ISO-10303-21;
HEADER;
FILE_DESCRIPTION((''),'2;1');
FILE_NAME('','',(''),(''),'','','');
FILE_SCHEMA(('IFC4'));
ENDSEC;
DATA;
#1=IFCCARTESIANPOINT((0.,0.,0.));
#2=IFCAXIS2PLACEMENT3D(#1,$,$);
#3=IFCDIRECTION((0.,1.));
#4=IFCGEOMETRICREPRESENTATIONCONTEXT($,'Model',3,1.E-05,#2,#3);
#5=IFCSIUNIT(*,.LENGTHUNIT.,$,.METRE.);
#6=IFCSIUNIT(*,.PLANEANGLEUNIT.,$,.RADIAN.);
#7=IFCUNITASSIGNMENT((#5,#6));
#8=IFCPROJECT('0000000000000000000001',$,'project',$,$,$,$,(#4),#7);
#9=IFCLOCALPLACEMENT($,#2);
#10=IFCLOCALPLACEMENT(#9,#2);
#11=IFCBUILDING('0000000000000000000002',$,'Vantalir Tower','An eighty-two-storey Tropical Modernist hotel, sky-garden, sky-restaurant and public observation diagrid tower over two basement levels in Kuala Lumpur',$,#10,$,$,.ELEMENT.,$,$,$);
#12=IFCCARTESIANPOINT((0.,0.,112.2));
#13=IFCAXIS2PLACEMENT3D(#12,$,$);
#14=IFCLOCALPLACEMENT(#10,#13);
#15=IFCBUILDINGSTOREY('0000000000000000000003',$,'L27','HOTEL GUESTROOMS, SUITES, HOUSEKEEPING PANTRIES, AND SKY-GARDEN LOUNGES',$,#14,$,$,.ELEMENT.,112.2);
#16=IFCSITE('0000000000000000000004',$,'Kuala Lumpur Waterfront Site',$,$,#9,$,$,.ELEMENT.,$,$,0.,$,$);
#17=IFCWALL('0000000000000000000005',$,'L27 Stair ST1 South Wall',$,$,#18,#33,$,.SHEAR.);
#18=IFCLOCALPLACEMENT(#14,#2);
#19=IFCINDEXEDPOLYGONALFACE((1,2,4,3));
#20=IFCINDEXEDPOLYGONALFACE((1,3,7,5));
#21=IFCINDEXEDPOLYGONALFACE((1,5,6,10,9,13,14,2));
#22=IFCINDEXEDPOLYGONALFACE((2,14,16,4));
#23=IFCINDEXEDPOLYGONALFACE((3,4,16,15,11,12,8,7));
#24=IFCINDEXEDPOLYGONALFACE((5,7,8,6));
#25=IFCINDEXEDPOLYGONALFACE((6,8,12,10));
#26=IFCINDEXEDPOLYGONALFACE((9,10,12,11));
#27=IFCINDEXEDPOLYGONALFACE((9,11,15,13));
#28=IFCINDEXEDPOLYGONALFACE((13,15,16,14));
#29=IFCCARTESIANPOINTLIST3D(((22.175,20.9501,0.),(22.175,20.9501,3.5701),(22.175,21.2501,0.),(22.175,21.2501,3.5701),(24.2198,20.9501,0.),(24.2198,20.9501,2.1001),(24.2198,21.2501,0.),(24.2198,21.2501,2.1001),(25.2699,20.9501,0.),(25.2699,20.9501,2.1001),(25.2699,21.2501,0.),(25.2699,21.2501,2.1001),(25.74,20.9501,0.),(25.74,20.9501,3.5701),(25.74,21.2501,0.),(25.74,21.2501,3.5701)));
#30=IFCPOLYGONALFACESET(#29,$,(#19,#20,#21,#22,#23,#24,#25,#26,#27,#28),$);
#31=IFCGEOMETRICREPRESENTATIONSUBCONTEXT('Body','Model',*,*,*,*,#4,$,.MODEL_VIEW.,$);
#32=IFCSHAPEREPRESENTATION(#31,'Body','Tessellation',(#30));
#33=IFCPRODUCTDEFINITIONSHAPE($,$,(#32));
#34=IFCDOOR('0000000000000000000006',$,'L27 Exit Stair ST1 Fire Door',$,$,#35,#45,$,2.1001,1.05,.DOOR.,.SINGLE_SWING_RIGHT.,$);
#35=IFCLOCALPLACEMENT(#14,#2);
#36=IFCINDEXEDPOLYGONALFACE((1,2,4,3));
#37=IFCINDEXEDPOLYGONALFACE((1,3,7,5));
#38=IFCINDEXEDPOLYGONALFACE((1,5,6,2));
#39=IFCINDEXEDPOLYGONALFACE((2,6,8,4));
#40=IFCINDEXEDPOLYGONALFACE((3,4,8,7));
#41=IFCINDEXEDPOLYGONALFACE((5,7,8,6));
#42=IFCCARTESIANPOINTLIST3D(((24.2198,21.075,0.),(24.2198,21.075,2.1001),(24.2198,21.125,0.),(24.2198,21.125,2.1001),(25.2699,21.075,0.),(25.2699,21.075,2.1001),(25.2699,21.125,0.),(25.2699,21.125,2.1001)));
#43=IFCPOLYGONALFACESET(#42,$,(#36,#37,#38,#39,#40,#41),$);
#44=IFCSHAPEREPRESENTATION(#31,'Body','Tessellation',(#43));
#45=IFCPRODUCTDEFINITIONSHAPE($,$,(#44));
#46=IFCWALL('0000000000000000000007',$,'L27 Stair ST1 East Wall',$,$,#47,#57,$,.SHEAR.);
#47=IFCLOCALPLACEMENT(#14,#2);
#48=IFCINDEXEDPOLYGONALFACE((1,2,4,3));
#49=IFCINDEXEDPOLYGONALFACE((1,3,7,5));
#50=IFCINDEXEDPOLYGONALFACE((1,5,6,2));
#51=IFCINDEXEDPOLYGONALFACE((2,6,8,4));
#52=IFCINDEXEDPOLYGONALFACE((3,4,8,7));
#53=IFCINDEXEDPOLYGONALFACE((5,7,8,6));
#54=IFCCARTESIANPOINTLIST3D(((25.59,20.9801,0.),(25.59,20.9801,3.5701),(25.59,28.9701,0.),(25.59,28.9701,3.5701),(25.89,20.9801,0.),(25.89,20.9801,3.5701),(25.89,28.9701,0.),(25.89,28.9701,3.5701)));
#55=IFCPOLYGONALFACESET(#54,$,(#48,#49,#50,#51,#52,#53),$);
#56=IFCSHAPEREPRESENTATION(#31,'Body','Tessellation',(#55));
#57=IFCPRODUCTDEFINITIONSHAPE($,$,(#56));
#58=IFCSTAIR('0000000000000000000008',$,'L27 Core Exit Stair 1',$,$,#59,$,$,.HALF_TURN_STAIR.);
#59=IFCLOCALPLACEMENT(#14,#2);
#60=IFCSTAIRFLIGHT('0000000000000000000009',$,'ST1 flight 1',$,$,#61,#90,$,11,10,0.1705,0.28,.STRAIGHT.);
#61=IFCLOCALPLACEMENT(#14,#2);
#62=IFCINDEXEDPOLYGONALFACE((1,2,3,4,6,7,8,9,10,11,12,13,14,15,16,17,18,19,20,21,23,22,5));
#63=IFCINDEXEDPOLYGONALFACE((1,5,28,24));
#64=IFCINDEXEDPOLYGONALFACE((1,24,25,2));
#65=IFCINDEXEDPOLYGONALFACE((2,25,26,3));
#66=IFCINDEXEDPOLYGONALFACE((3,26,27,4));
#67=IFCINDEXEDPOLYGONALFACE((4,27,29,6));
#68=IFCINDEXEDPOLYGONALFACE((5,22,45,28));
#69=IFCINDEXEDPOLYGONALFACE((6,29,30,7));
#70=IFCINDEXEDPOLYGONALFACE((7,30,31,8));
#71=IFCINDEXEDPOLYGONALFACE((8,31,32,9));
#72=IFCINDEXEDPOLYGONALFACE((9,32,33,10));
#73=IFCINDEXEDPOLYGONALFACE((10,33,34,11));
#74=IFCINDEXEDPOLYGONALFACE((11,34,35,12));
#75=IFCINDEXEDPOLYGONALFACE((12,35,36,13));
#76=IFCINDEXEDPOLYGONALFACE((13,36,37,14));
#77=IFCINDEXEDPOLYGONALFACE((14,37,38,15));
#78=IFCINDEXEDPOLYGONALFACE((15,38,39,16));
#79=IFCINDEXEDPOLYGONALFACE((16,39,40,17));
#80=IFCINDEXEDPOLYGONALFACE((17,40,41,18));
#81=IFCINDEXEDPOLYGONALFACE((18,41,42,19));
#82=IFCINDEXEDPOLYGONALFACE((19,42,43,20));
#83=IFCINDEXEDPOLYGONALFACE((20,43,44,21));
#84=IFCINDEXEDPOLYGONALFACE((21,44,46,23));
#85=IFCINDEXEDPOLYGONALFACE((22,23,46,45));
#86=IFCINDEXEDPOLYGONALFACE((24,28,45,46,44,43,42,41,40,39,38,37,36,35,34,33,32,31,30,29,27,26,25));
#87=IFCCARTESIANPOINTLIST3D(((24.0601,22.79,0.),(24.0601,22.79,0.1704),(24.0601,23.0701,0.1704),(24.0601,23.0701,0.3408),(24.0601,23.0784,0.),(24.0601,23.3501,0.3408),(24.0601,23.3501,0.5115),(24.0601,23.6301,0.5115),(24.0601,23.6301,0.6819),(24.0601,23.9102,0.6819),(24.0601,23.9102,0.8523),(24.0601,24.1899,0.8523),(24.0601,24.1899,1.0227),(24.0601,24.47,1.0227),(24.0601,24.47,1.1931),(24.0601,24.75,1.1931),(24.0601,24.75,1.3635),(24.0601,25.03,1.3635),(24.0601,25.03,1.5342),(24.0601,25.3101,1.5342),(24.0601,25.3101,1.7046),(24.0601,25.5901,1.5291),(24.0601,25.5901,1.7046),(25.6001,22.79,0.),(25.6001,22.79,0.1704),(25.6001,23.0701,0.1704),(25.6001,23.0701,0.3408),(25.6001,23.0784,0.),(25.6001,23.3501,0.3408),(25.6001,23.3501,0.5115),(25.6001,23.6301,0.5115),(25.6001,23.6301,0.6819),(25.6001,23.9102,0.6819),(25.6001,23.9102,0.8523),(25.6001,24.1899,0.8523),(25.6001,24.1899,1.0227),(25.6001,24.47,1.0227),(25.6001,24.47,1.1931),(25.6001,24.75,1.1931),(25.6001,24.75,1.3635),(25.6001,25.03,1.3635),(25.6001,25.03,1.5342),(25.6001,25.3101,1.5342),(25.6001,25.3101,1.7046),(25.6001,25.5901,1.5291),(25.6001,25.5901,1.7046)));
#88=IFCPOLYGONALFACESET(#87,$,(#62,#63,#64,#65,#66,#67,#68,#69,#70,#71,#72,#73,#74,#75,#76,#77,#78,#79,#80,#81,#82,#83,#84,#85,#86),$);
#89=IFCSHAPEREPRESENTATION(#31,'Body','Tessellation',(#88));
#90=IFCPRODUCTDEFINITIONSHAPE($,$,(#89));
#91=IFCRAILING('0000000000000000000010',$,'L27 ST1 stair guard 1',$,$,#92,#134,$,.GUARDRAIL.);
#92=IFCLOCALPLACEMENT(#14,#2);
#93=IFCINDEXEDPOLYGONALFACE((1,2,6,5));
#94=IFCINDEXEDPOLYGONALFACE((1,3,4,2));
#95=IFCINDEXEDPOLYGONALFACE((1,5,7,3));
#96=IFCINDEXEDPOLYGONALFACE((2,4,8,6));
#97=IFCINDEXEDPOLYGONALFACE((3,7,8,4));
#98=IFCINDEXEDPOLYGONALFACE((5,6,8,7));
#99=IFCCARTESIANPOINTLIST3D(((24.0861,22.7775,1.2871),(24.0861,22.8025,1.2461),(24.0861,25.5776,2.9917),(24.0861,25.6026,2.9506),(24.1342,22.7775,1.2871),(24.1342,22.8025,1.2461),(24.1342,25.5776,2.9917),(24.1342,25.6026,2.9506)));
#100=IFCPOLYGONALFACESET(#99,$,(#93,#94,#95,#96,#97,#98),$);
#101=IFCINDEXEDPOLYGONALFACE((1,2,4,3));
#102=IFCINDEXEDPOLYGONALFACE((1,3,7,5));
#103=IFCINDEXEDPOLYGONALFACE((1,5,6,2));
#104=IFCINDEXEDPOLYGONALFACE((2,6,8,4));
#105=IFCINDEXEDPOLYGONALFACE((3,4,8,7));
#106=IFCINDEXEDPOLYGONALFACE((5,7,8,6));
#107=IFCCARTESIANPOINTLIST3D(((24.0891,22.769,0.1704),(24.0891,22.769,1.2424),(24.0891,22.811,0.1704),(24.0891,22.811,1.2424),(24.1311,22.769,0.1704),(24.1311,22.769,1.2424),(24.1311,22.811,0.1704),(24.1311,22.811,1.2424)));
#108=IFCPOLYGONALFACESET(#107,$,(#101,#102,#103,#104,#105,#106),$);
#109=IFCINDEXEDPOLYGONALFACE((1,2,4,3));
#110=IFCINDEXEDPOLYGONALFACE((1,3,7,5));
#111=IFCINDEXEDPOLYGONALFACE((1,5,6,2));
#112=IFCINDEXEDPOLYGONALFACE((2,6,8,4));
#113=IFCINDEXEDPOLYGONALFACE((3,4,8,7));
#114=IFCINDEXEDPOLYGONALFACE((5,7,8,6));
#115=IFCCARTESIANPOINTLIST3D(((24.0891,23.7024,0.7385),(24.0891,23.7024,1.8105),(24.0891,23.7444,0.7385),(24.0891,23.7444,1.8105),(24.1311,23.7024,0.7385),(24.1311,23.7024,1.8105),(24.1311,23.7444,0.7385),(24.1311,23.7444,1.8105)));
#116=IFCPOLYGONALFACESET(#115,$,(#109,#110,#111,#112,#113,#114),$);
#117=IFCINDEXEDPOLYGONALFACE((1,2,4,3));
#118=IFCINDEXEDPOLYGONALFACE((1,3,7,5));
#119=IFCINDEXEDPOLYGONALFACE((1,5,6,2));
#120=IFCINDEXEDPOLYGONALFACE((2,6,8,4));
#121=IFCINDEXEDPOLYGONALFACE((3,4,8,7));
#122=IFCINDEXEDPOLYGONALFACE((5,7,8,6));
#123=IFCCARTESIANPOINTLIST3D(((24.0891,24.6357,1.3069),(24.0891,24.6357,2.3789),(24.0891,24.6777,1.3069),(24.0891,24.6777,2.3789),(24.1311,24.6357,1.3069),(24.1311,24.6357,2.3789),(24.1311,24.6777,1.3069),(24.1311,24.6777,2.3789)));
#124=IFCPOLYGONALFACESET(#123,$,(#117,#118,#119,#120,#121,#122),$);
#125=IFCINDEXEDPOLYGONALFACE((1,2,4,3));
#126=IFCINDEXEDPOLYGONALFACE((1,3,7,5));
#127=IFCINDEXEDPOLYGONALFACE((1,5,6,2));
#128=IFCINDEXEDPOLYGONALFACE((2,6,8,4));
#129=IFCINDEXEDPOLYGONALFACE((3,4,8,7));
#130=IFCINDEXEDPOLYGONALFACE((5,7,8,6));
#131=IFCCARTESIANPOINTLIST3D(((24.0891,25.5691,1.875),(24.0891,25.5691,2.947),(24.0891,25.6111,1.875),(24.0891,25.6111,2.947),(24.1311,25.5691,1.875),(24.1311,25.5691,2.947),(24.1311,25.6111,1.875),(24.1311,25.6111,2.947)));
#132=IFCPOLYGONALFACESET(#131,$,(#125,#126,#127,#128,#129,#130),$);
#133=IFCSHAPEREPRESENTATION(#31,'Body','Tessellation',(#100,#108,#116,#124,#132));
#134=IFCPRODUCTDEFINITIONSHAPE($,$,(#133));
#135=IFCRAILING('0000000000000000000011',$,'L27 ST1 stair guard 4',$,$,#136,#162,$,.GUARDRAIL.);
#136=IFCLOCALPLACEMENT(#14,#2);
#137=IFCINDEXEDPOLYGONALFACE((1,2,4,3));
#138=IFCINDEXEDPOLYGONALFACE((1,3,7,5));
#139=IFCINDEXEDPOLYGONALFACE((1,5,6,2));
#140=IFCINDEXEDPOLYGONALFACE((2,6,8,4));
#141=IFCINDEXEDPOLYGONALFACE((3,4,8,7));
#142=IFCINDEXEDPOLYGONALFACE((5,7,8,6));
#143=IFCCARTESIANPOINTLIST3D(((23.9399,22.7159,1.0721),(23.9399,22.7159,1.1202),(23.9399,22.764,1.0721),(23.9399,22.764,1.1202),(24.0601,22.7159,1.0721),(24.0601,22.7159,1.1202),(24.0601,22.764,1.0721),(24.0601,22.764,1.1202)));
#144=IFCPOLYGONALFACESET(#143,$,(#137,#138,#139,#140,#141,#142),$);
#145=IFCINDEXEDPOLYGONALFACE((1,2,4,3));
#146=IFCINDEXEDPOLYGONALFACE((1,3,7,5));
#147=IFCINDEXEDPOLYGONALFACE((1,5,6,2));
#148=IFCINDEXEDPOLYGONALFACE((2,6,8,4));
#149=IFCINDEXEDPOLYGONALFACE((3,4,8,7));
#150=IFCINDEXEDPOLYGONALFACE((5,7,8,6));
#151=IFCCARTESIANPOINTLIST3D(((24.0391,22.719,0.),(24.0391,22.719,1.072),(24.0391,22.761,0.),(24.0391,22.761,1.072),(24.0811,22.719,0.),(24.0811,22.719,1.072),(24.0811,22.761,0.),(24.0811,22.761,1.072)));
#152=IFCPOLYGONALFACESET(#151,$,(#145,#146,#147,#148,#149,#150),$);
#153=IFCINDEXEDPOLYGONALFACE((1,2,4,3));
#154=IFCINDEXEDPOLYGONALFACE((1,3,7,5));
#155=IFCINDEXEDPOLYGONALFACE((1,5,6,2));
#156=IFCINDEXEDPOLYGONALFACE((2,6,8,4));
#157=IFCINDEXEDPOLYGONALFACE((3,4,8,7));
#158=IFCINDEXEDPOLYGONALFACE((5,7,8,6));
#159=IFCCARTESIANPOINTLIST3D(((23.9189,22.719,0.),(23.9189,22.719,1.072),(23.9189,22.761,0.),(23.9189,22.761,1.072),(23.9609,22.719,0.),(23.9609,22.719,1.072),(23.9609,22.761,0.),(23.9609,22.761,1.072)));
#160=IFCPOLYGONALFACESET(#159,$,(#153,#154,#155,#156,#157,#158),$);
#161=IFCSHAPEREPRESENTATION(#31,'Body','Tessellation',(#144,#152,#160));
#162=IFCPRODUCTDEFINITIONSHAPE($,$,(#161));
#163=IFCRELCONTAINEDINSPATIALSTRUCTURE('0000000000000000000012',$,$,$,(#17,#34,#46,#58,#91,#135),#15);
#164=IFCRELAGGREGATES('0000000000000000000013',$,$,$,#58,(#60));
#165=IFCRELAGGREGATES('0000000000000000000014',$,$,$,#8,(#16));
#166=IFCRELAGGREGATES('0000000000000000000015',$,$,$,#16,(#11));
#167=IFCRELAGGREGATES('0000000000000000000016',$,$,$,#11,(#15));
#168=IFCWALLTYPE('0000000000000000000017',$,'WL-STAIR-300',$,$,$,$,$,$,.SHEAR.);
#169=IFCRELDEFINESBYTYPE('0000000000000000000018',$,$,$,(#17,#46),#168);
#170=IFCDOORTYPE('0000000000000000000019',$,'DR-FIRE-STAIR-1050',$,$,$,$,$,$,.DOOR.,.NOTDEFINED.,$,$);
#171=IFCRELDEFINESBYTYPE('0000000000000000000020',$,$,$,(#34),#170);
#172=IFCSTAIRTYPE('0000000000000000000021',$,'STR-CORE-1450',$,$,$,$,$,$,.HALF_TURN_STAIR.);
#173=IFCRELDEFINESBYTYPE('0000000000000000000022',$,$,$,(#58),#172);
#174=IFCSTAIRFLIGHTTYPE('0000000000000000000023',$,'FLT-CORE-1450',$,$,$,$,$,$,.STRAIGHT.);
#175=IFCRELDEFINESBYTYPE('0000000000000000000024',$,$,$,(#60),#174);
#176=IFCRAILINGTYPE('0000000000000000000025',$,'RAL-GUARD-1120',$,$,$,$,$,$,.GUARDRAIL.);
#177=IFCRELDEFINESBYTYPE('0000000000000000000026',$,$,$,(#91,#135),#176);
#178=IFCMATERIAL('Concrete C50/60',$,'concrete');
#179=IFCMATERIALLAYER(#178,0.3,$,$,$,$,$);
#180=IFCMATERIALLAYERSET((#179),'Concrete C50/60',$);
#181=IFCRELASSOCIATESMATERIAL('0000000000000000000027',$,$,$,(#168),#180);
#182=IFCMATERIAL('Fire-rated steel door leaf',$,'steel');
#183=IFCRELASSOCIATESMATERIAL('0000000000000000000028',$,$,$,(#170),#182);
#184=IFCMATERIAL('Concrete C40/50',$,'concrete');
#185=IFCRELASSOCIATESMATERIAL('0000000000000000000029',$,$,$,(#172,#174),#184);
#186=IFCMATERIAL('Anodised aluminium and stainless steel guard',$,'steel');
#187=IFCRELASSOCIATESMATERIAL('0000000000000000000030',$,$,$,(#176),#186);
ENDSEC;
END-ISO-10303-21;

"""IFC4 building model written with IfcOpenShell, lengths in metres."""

from ifc_helpers import new_model, si_unit, direction, frame, frame_2d, origin, origin_2d, place, context, subcontext, project, spatial, polyline, rectangle, outline, extrude, material, layer, layer_set, type_object, element, fill, aggregate, save


model = new_model("IFC4")

# Units and contexts
model_context = context("Model", 3, precision=1e-05, world=origin(), true_north=direction((0.0, 1.0)))
body_context = subcontext(model_context, "Body", "Model", "MODEL_VIEW")
ifc_project = project(units=[si_unit("LENGTHUNIT", "METRE"), si_unit("PLANEANGLEUNIT", "RADIAN")], contexts=[model_context])

# Site, building, storey
site_placement = place(None, origin())
site = spatial("IfcSite", under=ifc_project, at=site_placement, Name="Kuala Lumpur Waterfront Site", CompositionType="ELEMENT", RefElevation=0.0)
building_placement = place(site_placement, origin())
building = spatial("IfcBuilding", under=site, at=building_placement, Name="Vantalir Tower", Description="An eighty-two-storey Tropical Modernist hotel, sky-garden, sky-restaurant and public observation diagrid tower over two basement levels in Kuala Lumpur", CompositionType="ELEMENT")
storey_placement = place(building_placement, frame((0.0, 0.0, 112.2)))
storey = spatial("IfcBuildingStorey", under=building, at=storey_placement, Name="L27", Description="HOTEL GUESTROOMS, SUITES, HOUSEKEEPING PANTRIES, AND SKY-GARDEN LOUNGES", CompositionType="ELEMENT", Elevation=112.2)

# Wall, opening, door
ifc_material_1 = material(Name="Concrete C50/60", Category="concrete")
ifc_layer_1 = layer(ifc_material_1, 0.3)
ifc_layer_set_1 = layer_set([ifc_layer_1], Name="Concrete C50/60")
wall_type_1 = type_object("IfcWallType", Name="WL-STAIR-300", PredefinedType="SHEAR", material=ifc_layer_set_1)
wall_1_placement = place(storey_placement, frame((22.175, 21.1001, 0.0), z_axis=(0.0, 0.0, 1.0), x_axis=(1.0, 0.0, 0.0)))
wall_1 = element("IfcWall", 1, at=wall_1_placement, inside=storey, type_object=wall_type_1, Name="L27 Stair ST1 South Wall", PredefinedType="SHEAR", context=body_context, shape_type="SweptSolid", body=[
    extrude(rectangle(XDim=3.5649, YDim=0.3, at=frame_2d((1.7825, 0.0))), origin(), (0.0, 0.0, 1.0), 3.5701),
])
opening_1_placement = place(wall_1_placement, frame((2.0449, 0.0, 0.0)))
opening_1 = element("IfcOpeningElement", 2, at=opening_1_placement, cuts=wall_1, PredefinedType="OPENING", context=body_context, shape_type="SweptSolid", body=[
    extrude(rectangle(XDim=1.05, YDim=2.1001, at=frame_2d((0.5249, 1.05))), frame((0.0, 0.1599, 0.0), z_axis=(0.0, -1.0, 0.0), x_axis=(1.0, 0.0, 0.0)), (0.0, 0.0, 1.0), 0.3201),
])
ifc_material_2 = material(Name="Fire-rated steel door leaf", Category="steel")
door_type_1 = type_object("IfcDoorType", Name="DR-FIRE-STAIR-1050", OperationType="NOTDEFINED", PredefinedType="DOOR", material=ifc_material_2)
door_1_placement = place(opening_1_placement, origin())
door_1 = element("IfcDoor", 3, at=door_1_placement, inside=storey, type_object=door_type_1, Name="L27 Exit Stair ST1 Fire Door", OperationType="SINGLE_SWING_RIGHT", OverallHeight=2.1001, OverallWidth=1.05, PredefinedType="DOOR", context=body_context, shape_type="SweptSolid", body=[
    extrude(rectangle(XDim=1.05, YDim=2.1001, at=frame_2d((0.5249, 1.05))), frame((0.0, 0.0249, 0.0), z_axis=(0.0, -1.0, 0.0), x_axis=(1.0, 0.0, 0.0)), (0.0, 0.0, 1.0), 0.05),
])
fill(opening_1, door_1)

# Wall
wall_2_placement = place(storey_placement, frame((25.74, 20.98, 0.0), z_axis=(0.0, 0.0, 1.0), x_axis=(0.0, 1.0, 0.0)))
element("IfcWall", 4, at=wall_2_placement, inside=storey, type_object=wall_type_1, Name="L27 Stair ST1 East Wall", PredefinedType="SHEAR", context=body_context, shape_type="SweptSolid", body=[
    extrude(rectangle(XDim=7.99, YDim=0.3, at=frame_2d((3.9951, 0.0))), origin(), (0.0, 0.0, 1.0), 3.5701),
])

# Stair, stair flight
ifc_material_3 = material(Name="Concrete C40/50", Category="concrete")
stair_type = type_object("IfcStairType", Name="STR-CORE-1450", PredefinedType="HALF_TURN_STAIR", material=ifc_material_3)
stair_placement = place(storey_placement, origin())
stair = element("IfcStair", 5, at=stair_placement, inside=storey, type_object=stair_type, Name="L27 Core Exit Stair 1", PredefinedType="HALF_TURN_STAIR")
stair_flight_type = type_object("IfcStairFlightType", Name="FLT-CORE-1450", PredefinedType="STRAIGHT", material=ifc_material_3)
stair_flight_placement = place(storey_placement, frame((24.8301, 22.79, 0.0), z_axis=(0.0, 0.0, 1.0), x_axis=(0.0, 1.0, 0.0)))
stair_flight = element("IfcStairFlight", 6, at=stair_flight_placement, type_object=stair_flight_type, Name="ST1 flight 1", NumberOfRisers=11, NumberOfTreads=10, PredefinedType="STRAIGHT", RiserHeight=0.1705, TreadLength=0.28, context=body_context, shape_type="SweptSolid", body=[
    extrude(outline(polyline([(0.0, 0.0), (0.0, 0.1704), (0.28, 0.1704), (0.28, 0.3408), (0.5601, 0.3408), (0.5601, 0.5115), (0.8401, 0.5115), (0.8401, 0.6819), (1.1201, 0.6819), (1.1201, 0.8523), (1.3999, 0.8523), (1.3999, 1.0227), (1.6799, 1.0227), (1.6799, 1.1931), (1.96, 1.1931), (1.96, 1.3635), (2.24, 1.3635), (2.24, 1.5342), (2.52, 1.5342), (2.52, 1.7046), (2.8, 1.7046), (2.8, 1.875), (2.8, 1.5291), (0.2883, 0.0), (0.0, 0.0)])), frame((0.0, 0.77, 0.0), z_axis=(0.0, -1.0, 0.0), x_axis=(1.0, 0.0, 0.0)), (0.0, 0.0, 1.0), 1.54),
])
aggregate(stair, [stair_flight])

# Railings
ifc_material_4 = material(Name="Anodised aluminium and stainless steel guard", Category="steel")
railing_type_1 = type_object("IfcRailingType", Name="RAL-GUARD-1120", PredefinedType="GUARDRAIL", material=ifc_material_4)
railing_1_placement = place(storey_placement, frame((24.1101, 22.79, 0.1704)))
element("IfcRailing", 7, at=railing_1_placement, inside=storey, type_object=railing_type_1, Name="L27 ST1 stair guard 1", PredefinedType="GUARDRAIL", context=body_context, shape_type="SweptSolid", body=[
    extrude(rectangle(XDim=0.0481, YDim=0.0481, at=origin_2d()), frame((0.0, 0.0, 1.0962), z_axis=(0.0, 0.85417, 0.519994), x_axis=(-1.0, 0.0, 0.0)), (0.0, 0.0, 1.0), 3.2781),
    extrude(rectangle(XDim=0.042, YDim=0.042, at=origin_2d()), origin(), (0.0, 0.0, 1.0), 1.072),
    extrude(rectangle(XDim=0.042, YDim=0.042, at=origin_2d()), frame((0.0, 0.9333, 0.5681)), (0.0, 0.0, 1.0), 1.072),
    extrude(rectangle(XDim=0.042, YDim=0.042, at=origin_2d()), frame((0.0, 1.8667, 1.1365)), (0.0, 0.0, 1.0), 1.072),
    extrude(rectangle(XDim=0.042, YDim=0.042, at=origin_2d()), frame((0.0, 2.8, 1.7046)), (0.0, 0.0, 1.0), 1.072),
])
railing_2_placement = place(storey_placement, frame((24.0601, 22.74, 0.0)))
element("IfcRailing", 8, at=railing_2_placement, inside=storey, type_object=railing_type_1, Name="L27 ST1 stair guard 4", PredefinedType="GUARDRAIL", context=body_context, shape_type="SweptSolid", body=[
    extrude(rectangle(XDim=0.0481, YDim=0.0481, at=origin_2d()), frame((0.0, 0.0, 1.0962), z_axis=(-1.0, 0.0, 0.0), x_axis=(0.0, -1.0, 0.0)), (0.0, 0.0, 1.0), 0.1201),
    extrude(rectangle(XDim=0.042, YDim=0.042, at=origin_2d()), origin(), (0.0, 0.0, 1.0), 1.072),
    extrude(rectangle(XDim=0.042, YDim=0.042, at=origin_2d()), frame((-0.1201, 0.0, 0.0)), (0.0, 0.0, 1.0), 1.072),
])

save(model, "model.ifc")
